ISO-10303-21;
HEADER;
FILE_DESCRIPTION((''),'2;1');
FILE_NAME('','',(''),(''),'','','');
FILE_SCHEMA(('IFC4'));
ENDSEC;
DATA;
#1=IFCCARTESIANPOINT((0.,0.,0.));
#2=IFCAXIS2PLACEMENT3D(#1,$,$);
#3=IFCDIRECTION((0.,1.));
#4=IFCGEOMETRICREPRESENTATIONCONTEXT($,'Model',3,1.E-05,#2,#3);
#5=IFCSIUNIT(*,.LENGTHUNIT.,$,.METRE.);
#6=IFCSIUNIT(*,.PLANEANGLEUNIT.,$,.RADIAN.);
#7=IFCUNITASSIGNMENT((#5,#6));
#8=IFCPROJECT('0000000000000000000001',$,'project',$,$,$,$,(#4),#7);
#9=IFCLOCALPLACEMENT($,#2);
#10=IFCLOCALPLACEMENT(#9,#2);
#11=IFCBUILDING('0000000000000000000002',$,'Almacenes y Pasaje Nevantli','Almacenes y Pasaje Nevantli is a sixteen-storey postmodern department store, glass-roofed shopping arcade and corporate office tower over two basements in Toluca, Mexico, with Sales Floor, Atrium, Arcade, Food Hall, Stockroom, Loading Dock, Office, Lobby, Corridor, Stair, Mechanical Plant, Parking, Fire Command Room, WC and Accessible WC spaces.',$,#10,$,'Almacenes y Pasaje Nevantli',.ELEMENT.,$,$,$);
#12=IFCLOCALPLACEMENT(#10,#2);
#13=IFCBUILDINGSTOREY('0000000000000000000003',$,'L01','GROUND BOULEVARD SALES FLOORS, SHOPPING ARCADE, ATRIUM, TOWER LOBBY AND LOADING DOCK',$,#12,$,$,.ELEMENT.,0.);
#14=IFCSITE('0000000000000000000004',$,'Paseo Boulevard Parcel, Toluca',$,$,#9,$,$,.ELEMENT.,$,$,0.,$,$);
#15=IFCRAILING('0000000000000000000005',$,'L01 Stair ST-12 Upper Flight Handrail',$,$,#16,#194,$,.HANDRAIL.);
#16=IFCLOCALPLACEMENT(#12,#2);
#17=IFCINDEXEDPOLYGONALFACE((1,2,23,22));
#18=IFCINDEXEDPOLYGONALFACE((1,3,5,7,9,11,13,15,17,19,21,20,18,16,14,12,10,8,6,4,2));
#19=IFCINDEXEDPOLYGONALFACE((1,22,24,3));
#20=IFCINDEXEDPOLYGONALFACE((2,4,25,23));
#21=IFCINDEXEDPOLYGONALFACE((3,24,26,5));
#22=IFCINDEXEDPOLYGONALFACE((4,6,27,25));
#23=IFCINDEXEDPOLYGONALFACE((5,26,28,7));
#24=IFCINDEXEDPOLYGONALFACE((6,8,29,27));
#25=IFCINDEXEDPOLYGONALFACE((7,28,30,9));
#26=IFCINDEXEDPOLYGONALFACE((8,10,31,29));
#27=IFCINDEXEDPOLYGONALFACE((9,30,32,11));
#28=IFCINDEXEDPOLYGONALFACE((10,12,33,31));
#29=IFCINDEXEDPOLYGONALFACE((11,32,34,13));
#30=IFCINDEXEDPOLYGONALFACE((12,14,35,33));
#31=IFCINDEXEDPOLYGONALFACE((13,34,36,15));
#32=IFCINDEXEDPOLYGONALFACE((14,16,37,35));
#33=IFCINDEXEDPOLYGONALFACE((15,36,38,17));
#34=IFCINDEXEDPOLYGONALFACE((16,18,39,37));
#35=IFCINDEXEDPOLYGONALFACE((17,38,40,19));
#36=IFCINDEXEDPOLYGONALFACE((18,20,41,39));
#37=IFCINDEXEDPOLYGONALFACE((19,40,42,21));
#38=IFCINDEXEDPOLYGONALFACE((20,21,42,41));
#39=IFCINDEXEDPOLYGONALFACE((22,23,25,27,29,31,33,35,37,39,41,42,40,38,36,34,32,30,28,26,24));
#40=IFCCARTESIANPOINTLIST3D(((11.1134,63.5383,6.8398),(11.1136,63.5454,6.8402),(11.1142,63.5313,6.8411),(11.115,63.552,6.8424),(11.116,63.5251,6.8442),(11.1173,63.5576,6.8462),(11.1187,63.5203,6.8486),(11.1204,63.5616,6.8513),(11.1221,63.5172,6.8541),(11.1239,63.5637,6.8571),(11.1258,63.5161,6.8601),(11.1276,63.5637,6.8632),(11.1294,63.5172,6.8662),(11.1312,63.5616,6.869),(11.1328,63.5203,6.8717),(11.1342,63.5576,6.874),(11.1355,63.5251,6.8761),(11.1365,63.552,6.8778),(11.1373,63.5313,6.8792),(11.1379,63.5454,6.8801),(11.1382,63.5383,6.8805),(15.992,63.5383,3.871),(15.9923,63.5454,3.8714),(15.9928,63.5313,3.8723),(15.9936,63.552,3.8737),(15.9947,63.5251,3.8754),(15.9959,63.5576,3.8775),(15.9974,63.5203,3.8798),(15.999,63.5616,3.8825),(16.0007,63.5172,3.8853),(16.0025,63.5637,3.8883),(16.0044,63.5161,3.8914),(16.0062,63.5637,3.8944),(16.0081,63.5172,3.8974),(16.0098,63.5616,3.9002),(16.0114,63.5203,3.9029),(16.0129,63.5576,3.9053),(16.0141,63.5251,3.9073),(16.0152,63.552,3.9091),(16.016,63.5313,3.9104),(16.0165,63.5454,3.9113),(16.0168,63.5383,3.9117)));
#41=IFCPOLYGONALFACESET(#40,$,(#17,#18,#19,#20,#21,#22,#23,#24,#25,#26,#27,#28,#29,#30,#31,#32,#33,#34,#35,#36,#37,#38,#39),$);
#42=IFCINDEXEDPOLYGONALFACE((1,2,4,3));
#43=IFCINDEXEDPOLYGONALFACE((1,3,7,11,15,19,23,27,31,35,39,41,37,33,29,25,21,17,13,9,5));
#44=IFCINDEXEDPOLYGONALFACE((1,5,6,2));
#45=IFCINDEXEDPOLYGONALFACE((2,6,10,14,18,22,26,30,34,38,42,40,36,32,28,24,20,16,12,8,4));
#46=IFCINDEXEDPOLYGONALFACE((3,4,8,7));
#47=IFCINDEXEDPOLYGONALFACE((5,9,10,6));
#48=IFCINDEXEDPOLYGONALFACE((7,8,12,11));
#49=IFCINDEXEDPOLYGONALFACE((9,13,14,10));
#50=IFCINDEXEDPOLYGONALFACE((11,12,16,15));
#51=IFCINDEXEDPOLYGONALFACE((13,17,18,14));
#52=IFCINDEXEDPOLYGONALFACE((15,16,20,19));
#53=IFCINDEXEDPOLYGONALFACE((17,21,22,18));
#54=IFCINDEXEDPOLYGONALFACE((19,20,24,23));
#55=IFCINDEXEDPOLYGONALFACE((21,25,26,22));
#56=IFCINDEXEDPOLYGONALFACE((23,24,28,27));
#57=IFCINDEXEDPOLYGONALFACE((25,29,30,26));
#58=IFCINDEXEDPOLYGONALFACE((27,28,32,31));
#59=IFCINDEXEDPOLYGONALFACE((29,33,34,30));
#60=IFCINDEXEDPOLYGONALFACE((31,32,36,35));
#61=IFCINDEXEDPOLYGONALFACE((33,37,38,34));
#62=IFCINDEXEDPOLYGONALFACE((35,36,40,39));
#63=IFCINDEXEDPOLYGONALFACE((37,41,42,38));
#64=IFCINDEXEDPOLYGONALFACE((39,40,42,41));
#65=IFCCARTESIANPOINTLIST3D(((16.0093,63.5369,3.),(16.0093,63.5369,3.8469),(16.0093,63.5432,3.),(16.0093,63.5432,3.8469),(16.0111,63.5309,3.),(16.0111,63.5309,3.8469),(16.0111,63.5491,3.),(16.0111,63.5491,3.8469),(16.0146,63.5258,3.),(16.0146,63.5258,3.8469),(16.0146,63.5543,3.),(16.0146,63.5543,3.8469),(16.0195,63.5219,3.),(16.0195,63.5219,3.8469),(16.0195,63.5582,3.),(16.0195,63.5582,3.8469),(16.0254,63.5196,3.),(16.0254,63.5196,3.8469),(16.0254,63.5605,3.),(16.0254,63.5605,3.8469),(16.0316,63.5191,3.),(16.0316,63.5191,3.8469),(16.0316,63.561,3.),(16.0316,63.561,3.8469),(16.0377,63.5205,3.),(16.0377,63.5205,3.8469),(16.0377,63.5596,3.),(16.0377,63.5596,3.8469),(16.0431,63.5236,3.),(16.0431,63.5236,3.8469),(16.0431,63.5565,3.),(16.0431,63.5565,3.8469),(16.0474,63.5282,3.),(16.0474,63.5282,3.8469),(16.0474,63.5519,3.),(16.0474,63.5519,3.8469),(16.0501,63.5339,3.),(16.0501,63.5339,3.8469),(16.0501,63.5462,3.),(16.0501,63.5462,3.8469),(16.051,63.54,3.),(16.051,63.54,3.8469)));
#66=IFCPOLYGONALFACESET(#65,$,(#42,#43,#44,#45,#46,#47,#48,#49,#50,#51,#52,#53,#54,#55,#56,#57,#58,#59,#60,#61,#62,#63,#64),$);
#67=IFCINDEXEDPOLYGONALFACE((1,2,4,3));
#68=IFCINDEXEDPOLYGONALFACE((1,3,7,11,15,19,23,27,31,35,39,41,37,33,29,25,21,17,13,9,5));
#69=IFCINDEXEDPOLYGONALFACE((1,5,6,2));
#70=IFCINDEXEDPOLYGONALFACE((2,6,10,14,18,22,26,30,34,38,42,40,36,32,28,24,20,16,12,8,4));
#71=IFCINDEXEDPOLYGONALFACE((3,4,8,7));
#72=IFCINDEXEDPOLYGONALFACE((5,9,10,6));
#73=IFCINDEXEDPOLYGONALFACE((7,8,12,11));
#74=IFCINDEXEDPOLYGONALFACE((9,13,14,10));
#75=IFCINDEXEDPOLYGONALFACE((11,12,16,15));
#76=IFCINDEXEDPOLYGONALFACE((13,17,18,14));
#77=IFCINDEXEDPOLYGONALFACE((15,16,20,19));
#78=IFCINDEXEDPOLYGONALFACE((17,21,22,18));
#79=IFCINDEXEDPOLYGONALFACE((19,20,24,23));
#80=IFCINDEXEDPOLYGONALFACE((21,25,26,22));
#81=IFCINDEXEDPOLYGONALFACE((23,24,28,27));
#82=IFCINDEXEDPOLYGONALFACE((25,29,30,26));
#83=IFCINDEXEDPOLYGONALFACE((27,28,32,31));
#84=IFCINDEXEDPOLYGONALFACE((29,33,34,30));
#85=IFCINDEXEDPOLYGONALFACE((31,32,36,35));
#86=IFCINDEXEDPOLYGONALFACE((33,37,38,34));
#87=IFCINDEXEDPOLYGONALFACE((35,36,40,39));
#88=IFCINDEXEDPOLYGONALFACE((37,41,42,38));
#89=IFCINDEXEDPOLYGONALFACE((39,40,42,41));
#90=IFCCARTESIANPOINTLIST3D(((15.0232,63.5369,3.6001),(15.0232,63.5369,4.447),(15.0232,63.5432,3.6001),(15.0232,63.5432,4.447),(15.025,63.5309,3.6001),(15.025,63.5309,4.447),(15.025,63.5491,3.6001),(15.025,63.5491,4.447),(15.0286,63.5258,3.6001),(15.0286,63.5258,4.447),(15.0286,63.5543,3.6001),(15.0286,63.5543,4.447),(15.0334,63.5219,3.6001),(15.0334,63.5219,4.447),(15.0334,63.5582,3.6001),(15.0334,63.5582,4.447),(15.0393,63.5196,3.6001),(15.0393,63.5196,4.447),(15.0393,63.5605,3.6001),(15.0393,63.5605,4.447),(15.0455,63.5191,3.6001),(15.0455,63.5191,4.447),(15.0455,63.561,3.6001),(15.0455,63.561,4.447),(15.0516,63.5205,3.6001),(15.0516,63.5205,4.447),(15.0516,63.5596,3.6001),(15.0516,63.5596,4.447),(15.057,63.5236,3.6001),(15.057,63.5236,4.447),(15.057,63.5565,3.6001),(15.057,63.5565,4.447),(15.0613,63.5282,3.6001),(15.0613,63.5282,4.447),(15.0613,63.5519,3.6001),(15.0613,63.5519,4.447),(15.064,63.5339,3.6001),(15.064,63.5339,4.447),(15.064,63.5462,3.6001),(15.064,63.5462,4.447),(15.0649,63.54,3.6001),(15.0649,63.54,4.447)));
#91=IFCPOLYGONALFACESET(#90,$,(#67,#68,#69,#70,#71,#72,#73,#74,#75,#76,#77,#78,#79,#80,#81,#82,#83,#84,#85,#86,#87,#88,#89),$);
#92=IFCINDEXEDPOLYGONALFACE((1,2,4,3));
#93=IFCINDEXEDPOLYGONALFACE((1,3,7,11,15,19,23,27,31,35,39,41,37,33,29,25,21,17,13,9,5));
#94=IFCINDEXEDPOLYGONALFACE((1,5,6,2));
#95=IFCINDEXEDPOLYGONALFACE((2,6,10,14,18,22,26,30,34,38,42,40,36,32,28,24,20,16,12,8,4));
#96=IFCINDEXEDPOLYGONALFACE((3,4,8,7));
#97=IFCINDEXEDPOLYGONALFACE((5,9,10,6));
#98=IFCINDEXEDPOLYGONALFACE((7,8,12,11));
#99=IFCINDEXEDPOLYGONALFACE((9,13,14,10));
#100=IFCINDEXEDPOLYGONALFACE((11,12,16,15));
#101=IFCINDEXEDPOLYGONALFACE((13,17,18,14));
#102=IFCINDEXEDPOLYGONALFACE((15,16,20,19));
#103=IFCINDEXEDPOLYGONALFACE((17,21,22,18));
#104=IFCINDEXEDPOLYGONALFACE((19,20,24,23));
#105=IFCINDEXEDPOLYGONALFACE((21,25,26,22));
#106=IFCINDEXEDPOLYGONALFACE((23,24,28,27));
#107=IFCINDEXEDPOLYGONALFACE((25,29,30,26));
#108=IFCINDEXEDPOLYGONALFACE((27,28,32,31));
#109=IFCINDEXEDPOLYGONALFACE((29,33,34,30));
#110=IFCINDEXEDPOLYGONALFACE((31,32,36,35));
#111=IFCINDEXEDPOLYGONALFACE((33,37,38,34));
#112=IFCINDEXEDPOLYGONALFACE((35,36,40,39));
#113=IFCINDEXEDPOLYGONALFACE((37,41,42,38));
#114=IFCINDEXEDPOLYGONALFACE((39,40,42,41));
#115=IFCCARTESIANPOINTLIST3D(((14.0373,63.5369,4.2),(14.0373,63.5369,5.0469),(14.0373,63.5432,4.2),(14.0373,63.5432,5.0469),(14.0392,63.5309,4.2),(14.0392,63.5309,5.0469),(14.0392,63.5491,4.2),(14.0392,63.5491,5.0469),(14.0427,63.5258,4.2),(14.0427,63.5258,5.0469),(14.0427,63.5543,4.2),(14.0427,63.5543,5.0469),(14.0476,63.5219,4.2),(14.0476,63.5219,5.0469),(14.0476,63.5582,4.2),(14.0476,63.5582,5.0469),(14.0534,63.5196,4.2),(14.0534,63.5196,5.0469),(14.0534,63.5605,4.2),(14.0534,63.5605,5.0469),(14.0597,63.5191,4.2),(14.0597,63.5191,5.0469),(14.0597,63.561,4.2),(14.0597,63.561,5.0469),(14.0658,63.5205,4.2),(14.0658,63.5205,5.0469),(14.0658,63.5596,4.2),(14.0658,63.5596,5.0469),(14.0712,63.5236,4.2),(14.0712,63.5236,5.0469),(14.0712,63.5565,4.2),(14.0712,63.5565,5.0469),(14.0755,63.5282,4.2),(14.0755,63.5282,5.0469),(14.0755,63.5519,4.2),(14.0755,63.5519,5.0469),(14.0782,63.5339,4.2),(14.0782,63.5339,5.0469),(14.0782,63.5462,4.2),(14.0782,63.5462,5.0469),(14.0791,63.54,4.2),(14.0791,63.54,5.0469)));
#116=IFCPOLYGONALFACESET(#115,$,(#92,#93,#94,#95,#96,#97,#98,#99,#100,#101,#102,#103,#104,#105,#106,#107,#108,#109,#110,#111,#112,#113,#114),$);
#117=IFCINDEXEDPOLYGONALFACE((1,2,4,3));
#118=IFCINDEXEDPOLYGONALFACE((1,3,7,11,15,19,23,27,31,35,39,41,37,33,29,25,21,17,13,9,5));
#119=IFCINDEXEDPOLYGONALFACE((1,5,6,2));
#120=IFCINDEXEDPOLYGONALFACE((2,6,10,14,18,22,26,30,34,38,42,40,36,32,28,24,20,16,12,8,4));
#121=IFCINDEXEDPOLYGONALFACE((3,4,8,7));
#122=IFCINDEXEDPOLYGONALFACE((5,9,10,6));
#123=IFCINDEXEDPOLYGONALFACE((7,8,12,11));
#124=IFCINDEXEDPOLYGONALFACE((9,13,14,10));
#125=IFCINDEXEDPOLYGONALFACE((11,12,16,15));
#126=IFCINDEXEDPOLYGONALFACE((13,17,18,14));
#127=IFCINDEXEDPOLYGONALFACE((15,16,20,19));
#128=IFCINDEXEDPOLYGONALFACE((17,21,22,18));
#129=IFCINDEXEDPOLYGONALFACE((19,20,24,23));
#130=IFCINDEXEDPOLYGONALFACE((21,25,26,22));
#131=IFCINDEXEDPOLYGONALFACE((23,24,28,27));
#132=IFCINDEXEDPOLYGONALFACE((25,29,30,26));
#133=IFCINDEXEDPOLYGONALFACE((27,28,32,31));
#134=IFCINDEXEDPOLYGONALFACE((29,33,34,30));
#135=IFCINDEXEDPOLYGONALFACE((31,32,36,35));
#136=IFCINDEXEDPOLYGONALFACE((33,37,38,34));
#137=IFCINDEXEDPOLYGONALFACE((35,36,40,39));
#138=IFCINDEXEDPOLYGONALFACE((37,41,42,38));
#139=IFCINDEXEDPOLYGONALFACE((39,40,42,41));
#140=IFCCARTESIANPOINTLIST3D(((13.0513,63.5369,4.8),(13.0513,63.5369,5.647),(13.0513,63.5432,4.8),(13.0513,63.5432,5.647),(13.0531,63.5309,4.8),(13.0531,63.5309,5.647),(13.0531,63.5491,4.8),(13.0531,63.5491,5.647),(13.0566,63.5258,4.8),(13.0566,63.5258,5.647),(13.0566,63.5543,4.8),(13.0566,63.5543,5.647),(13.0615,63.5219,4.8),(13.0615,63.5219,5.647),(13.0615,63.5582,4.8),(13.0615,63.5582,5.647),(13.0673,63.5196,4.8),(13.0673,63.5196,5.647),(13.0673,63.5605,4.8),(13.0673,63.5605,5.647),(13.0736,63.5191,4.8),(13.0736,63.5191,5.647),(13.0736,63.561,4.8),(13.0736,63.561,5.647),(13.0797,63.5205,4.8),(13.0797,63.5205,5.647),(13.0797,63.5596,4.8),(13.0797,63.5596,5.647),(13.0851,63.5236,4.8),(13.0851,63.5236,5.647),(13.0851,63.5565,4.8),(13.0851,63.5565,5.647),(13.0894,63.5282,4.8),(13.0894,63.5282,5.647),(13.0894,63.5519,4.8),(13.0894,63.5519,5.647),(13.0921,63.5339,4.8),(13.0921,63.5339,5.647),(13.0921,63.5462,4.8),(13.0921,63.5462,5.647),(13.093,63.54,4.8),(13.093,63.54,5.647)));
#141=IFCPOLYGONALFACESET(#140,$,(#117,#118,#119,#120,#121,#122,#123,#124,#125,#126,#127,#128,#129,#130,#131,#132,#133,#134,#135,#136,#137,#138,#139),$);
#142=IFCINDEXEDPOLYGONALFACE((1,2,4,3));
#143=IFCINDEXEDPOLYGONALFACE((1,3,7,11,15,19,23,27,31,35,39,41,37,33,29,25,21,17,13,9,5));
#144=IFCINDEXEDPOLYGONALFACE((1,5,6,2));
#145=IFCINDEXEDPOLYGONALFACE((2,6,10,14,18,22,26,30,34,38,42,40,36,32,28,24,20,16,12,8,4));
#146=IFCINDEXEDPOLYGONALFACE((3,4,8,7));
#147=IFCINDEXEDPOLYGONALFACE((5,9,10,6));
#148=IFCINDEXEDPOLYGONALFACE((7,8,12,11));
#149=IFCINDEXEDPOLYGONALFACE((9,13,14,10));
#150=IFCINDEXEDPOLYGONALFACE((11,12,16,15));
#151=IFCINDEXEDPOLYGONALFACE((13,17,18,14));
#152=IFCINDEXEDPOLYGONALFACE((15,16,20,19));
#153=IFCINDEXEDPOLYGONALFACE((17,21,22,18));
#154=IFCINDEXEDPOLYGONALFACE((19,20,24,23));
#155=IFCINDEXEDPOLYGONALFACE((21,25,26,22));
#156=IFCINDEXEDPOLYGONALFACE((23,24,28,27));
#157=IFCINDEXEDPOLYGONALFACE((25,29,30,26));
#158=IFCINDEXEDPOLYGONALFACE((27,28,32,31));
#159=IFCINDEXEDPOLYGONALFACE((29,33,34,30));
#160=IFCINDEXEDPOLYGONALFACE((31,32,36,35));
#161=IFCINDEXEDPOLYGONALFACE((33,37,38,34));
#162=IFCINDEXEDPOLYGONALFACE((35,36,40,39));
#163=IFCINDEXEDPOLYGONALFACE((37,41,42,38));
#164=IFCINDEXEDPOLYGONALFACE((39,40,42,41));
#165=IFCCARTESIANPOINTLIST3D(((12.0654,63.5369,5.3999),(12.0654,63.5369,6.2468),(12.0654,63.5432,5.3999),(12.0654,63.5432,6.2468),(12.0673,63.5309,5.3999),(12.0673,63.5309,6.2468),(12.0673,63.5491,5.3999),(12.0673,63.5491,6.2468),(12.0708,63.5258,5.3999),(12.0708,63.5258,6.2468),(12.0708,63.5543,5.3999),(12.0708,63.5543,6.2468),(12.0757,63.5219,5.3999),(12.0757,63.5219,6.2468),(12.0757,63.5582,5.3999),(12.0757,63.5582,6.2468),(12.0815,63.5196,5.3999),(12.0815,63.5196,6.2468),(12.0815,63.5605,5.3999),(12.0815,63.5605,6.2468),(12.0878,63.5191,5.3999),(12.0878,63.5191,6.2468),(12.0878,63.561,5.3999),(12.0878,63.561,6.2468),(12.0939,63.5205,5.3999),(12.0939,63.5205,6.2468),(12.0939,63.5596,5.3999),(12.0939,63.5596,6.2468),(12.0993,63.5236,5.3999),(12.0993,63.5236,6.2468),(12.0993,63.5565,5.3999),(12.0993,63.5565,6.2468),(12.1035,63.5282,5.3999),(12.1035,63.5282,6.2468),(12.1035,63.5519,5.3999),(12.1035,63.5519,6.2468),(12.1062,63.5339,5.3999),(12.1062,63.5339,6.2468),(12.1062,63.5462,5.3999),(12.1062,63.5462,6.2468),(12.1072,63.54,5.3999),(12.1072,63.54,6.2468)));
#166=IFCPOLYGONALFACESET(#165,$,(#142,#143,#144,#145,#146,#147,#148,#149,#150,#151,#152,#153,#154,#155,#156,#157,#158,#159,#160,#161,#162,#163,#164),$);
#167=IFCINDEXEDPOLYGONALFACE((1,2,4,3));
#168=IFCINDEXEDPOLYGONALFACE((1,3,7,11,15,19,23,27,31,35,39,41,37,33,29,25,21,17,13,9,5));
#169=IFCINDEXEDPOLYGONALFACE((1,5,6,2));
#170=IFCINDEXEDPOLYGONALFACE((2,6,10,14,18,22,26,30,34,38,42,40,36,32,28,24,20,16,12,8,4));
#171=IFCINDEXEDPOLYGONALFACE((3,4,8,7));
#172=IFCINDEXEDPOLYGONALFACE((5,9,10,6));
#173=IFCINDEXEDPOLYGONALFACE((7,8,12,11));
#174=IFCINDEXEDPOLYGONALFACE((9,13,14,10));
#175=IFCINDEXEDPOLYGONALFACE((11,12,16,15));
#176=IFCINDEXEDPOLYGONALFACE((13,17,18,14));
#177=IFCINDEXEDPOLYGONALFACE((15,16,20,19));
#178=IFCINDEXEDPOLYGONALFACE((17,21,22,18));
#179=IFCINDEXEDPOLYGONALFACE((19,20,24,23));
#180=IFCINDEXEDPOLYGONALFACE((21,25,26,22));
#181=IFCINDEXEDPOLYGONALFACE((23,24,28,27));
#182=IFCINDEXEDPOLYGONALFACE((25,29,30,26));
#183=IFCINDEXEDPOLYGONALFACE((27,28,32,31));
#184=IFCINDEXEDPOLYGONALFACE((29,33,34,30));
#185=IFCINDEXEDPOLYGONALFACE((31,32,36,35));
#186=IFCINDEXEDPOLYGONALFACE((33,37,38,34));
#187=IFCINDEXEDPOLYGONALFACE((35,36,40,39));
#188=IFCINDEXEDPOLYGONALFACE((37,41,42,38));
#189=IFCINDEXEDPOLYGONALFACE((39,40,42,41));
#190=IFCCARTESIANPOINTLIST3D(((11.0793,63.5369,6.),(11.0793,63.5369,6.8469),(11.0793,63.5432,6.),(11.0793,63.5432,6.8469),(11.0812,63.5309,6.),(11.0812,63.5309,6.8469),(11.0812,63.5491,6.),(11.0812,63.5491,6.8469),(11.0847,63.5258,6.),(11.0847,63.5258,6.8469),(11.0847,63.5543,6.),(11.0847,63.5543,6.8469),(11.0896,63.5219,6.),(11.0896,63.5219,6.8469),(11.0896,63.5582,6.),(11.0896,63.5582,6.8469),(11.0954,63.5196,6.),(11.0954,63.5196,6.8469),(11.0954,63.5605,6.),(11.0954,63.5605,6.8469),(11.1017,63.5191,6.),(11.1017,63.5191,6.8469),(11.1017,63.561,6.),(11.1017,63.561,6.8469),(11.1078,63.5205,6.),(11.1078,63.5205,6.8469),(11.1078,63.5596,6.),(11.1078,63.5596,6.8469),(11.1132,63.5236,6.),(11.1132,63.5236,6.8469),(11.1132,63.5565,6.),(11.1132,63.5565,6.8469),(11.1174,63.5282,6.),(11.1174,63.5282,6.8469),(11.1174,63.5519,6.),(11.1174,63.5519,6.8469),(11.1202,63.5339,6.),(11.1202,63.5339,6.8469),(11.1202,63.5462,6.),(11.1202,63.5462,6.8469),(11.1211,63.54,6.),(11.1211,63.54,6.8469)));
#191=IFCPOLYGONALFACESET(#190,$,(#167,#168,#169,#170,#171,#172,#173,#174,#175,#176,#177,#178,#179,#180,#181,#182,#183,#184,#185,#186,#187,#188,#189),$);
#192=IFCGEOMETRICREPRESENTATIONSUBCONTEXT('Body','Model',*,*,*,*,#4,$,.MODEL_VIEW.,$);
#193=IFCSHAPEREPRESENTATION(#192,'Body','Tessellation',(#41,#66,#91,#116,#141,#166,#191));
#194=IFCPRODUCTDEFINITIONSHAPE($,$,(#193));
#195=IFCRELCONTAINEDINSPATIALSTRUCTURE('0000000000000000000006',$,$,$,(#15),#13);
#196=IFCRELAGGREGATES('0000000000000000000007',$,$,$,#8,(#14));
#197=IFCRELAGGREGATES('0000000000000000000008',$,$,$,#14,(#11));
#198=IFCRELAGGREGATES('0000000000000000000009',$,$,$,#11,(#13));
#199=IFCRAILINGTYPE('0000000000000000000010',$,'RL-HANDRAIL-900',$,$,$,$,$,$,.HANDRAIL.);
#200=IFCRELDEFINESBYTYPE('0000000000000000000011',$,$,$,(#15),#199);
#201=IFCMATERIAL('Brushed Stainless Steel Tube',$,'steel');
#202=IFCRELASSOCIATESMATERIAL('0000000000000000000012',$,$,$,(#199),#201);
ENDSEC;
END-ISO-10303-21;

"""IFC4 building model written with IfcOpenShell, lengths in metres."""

from ifc_helpers import new_model, si_unit, direction, frame, origin, origin_2d, place, context, subcontext, project, spatial, circle, extrude, material, type_object, element, save


model = new_model("IFC4")

# Units and contexts
model_context = context("Model", 3, precision=1e-05, world=origin(), true_north=direction((0.0, 1.0)))
body_context = subcontext(model_context, "Body", "Model", "MODEL_VIEW")
ifc_project = project(units=[si_unit("LENGTHUNIT", "METRE"), si_unit("PLANEANGLEUNIT", "RADIAN")], contexts=[model_context])

# Site, building, storey
site_placement = place(None, origin())
site = spatial("IfcSite", under=ifc_project, at=site_placement, Name="Paseo Boulevard Parcel, Toluca", CompositionType="ELEMENT", RefElevation=0.0)
building_placement = place(site_placement, origin())
building = spatial("IfcBuilding", under=site, at=building_placement, Name="Almacenes y Pasaje Nevantli", Description="Almacenes y Pasaje Nevantli is a sixteen-storey postmodern department store, glass-roofed shopping arcade and corporate office tower over two basements in Toluca, Mexico, with Sales Floor, Atrium, Arcade, Food Hall, Stockroom, Loading Dock, Office, Lobby, Corridor, Stair, Mechanical Plant, Parking, Fire Command Room, WC and Accessible WC spaces.", LongName="Almacenes y Pasaje Nevantli", CompositionType="ELEMENT")
storey_placement = place(building_placement, origin())
storey = spatial("IfcBuildingStorey", under=building, at=storey_placement, Name="L01", Description="GROUND BOULEVARD SALES FLOORS, SHOPPING ARCADE, ATRIUM, TOWER LOBBY AND LOADING DOCK", CompositionType="ELEMENT", Elevation=0.0)

# Railing
ifc_material_1 = material(Name="Brushed Stainless Steel Tube", Category="steel")
railing_type_1 = type_object("IfcRailingType", Name="RL-HANDRAIL-900", PredefinedType="HANDRAIL", material=ifc_material_1)
railing_1_placement = place(storey_placement, frame((16.03, 63.54, 3.0)))
element("IfcRailing", 1, at=railing_1_placement, inside=storey, type_object=railing_type_1, Name="L01 Stair ST-12 Upper Flight Handrail", PredefinedType="HANDRAIL", context=body_context, shape_type="SweptSolid", body=[
    extrude(circle(Radius=0.0239, at=origin_2d()), frame((-0.0256, 0.0, 0.8914), z_axis=(-0.854262, 0.0, 0.519842), x_axis=(0.0, -1.0, 0.0)), (0.0, 0.0, 1.0), 5.7109),
    extrude(circle(Radius=0.021, at=origin_2d()), origin(), (0.0, 0.0, 1.0), 0.8469),
    extrude(circle(Radius=0.021, at=origin_2d()), frame((-0.9861, 0.0, 0.6001)), (0.0, 0.0, 1.0), 0.8469),
    extrude(circle(Radius=0.021, at=origin_2d()), frame((-1.9719, 0.0, 1.2)), (0.0, 0.0, 1.0), 0.8469),
    extrude(circle(Radius=0.021, at=origin_2d()), frame((-2.958, 0.0, 1.8)), (0.0, 0.0, 1.0), 0.8469),
    extrude(circle(Radius=0.021, at=origin_2d()), frame((-3.9438, 0.0, 2.3999)), (0.0, 0.0, 1.0), 0.8469),
    extrude(circle(Radius=0.021, at=origin_2d()), frame((-4.9299, 0.0, 3.0)), (0.0, 0.0, 1.0), 0.8469),
])

save(model, "model.ifc")
